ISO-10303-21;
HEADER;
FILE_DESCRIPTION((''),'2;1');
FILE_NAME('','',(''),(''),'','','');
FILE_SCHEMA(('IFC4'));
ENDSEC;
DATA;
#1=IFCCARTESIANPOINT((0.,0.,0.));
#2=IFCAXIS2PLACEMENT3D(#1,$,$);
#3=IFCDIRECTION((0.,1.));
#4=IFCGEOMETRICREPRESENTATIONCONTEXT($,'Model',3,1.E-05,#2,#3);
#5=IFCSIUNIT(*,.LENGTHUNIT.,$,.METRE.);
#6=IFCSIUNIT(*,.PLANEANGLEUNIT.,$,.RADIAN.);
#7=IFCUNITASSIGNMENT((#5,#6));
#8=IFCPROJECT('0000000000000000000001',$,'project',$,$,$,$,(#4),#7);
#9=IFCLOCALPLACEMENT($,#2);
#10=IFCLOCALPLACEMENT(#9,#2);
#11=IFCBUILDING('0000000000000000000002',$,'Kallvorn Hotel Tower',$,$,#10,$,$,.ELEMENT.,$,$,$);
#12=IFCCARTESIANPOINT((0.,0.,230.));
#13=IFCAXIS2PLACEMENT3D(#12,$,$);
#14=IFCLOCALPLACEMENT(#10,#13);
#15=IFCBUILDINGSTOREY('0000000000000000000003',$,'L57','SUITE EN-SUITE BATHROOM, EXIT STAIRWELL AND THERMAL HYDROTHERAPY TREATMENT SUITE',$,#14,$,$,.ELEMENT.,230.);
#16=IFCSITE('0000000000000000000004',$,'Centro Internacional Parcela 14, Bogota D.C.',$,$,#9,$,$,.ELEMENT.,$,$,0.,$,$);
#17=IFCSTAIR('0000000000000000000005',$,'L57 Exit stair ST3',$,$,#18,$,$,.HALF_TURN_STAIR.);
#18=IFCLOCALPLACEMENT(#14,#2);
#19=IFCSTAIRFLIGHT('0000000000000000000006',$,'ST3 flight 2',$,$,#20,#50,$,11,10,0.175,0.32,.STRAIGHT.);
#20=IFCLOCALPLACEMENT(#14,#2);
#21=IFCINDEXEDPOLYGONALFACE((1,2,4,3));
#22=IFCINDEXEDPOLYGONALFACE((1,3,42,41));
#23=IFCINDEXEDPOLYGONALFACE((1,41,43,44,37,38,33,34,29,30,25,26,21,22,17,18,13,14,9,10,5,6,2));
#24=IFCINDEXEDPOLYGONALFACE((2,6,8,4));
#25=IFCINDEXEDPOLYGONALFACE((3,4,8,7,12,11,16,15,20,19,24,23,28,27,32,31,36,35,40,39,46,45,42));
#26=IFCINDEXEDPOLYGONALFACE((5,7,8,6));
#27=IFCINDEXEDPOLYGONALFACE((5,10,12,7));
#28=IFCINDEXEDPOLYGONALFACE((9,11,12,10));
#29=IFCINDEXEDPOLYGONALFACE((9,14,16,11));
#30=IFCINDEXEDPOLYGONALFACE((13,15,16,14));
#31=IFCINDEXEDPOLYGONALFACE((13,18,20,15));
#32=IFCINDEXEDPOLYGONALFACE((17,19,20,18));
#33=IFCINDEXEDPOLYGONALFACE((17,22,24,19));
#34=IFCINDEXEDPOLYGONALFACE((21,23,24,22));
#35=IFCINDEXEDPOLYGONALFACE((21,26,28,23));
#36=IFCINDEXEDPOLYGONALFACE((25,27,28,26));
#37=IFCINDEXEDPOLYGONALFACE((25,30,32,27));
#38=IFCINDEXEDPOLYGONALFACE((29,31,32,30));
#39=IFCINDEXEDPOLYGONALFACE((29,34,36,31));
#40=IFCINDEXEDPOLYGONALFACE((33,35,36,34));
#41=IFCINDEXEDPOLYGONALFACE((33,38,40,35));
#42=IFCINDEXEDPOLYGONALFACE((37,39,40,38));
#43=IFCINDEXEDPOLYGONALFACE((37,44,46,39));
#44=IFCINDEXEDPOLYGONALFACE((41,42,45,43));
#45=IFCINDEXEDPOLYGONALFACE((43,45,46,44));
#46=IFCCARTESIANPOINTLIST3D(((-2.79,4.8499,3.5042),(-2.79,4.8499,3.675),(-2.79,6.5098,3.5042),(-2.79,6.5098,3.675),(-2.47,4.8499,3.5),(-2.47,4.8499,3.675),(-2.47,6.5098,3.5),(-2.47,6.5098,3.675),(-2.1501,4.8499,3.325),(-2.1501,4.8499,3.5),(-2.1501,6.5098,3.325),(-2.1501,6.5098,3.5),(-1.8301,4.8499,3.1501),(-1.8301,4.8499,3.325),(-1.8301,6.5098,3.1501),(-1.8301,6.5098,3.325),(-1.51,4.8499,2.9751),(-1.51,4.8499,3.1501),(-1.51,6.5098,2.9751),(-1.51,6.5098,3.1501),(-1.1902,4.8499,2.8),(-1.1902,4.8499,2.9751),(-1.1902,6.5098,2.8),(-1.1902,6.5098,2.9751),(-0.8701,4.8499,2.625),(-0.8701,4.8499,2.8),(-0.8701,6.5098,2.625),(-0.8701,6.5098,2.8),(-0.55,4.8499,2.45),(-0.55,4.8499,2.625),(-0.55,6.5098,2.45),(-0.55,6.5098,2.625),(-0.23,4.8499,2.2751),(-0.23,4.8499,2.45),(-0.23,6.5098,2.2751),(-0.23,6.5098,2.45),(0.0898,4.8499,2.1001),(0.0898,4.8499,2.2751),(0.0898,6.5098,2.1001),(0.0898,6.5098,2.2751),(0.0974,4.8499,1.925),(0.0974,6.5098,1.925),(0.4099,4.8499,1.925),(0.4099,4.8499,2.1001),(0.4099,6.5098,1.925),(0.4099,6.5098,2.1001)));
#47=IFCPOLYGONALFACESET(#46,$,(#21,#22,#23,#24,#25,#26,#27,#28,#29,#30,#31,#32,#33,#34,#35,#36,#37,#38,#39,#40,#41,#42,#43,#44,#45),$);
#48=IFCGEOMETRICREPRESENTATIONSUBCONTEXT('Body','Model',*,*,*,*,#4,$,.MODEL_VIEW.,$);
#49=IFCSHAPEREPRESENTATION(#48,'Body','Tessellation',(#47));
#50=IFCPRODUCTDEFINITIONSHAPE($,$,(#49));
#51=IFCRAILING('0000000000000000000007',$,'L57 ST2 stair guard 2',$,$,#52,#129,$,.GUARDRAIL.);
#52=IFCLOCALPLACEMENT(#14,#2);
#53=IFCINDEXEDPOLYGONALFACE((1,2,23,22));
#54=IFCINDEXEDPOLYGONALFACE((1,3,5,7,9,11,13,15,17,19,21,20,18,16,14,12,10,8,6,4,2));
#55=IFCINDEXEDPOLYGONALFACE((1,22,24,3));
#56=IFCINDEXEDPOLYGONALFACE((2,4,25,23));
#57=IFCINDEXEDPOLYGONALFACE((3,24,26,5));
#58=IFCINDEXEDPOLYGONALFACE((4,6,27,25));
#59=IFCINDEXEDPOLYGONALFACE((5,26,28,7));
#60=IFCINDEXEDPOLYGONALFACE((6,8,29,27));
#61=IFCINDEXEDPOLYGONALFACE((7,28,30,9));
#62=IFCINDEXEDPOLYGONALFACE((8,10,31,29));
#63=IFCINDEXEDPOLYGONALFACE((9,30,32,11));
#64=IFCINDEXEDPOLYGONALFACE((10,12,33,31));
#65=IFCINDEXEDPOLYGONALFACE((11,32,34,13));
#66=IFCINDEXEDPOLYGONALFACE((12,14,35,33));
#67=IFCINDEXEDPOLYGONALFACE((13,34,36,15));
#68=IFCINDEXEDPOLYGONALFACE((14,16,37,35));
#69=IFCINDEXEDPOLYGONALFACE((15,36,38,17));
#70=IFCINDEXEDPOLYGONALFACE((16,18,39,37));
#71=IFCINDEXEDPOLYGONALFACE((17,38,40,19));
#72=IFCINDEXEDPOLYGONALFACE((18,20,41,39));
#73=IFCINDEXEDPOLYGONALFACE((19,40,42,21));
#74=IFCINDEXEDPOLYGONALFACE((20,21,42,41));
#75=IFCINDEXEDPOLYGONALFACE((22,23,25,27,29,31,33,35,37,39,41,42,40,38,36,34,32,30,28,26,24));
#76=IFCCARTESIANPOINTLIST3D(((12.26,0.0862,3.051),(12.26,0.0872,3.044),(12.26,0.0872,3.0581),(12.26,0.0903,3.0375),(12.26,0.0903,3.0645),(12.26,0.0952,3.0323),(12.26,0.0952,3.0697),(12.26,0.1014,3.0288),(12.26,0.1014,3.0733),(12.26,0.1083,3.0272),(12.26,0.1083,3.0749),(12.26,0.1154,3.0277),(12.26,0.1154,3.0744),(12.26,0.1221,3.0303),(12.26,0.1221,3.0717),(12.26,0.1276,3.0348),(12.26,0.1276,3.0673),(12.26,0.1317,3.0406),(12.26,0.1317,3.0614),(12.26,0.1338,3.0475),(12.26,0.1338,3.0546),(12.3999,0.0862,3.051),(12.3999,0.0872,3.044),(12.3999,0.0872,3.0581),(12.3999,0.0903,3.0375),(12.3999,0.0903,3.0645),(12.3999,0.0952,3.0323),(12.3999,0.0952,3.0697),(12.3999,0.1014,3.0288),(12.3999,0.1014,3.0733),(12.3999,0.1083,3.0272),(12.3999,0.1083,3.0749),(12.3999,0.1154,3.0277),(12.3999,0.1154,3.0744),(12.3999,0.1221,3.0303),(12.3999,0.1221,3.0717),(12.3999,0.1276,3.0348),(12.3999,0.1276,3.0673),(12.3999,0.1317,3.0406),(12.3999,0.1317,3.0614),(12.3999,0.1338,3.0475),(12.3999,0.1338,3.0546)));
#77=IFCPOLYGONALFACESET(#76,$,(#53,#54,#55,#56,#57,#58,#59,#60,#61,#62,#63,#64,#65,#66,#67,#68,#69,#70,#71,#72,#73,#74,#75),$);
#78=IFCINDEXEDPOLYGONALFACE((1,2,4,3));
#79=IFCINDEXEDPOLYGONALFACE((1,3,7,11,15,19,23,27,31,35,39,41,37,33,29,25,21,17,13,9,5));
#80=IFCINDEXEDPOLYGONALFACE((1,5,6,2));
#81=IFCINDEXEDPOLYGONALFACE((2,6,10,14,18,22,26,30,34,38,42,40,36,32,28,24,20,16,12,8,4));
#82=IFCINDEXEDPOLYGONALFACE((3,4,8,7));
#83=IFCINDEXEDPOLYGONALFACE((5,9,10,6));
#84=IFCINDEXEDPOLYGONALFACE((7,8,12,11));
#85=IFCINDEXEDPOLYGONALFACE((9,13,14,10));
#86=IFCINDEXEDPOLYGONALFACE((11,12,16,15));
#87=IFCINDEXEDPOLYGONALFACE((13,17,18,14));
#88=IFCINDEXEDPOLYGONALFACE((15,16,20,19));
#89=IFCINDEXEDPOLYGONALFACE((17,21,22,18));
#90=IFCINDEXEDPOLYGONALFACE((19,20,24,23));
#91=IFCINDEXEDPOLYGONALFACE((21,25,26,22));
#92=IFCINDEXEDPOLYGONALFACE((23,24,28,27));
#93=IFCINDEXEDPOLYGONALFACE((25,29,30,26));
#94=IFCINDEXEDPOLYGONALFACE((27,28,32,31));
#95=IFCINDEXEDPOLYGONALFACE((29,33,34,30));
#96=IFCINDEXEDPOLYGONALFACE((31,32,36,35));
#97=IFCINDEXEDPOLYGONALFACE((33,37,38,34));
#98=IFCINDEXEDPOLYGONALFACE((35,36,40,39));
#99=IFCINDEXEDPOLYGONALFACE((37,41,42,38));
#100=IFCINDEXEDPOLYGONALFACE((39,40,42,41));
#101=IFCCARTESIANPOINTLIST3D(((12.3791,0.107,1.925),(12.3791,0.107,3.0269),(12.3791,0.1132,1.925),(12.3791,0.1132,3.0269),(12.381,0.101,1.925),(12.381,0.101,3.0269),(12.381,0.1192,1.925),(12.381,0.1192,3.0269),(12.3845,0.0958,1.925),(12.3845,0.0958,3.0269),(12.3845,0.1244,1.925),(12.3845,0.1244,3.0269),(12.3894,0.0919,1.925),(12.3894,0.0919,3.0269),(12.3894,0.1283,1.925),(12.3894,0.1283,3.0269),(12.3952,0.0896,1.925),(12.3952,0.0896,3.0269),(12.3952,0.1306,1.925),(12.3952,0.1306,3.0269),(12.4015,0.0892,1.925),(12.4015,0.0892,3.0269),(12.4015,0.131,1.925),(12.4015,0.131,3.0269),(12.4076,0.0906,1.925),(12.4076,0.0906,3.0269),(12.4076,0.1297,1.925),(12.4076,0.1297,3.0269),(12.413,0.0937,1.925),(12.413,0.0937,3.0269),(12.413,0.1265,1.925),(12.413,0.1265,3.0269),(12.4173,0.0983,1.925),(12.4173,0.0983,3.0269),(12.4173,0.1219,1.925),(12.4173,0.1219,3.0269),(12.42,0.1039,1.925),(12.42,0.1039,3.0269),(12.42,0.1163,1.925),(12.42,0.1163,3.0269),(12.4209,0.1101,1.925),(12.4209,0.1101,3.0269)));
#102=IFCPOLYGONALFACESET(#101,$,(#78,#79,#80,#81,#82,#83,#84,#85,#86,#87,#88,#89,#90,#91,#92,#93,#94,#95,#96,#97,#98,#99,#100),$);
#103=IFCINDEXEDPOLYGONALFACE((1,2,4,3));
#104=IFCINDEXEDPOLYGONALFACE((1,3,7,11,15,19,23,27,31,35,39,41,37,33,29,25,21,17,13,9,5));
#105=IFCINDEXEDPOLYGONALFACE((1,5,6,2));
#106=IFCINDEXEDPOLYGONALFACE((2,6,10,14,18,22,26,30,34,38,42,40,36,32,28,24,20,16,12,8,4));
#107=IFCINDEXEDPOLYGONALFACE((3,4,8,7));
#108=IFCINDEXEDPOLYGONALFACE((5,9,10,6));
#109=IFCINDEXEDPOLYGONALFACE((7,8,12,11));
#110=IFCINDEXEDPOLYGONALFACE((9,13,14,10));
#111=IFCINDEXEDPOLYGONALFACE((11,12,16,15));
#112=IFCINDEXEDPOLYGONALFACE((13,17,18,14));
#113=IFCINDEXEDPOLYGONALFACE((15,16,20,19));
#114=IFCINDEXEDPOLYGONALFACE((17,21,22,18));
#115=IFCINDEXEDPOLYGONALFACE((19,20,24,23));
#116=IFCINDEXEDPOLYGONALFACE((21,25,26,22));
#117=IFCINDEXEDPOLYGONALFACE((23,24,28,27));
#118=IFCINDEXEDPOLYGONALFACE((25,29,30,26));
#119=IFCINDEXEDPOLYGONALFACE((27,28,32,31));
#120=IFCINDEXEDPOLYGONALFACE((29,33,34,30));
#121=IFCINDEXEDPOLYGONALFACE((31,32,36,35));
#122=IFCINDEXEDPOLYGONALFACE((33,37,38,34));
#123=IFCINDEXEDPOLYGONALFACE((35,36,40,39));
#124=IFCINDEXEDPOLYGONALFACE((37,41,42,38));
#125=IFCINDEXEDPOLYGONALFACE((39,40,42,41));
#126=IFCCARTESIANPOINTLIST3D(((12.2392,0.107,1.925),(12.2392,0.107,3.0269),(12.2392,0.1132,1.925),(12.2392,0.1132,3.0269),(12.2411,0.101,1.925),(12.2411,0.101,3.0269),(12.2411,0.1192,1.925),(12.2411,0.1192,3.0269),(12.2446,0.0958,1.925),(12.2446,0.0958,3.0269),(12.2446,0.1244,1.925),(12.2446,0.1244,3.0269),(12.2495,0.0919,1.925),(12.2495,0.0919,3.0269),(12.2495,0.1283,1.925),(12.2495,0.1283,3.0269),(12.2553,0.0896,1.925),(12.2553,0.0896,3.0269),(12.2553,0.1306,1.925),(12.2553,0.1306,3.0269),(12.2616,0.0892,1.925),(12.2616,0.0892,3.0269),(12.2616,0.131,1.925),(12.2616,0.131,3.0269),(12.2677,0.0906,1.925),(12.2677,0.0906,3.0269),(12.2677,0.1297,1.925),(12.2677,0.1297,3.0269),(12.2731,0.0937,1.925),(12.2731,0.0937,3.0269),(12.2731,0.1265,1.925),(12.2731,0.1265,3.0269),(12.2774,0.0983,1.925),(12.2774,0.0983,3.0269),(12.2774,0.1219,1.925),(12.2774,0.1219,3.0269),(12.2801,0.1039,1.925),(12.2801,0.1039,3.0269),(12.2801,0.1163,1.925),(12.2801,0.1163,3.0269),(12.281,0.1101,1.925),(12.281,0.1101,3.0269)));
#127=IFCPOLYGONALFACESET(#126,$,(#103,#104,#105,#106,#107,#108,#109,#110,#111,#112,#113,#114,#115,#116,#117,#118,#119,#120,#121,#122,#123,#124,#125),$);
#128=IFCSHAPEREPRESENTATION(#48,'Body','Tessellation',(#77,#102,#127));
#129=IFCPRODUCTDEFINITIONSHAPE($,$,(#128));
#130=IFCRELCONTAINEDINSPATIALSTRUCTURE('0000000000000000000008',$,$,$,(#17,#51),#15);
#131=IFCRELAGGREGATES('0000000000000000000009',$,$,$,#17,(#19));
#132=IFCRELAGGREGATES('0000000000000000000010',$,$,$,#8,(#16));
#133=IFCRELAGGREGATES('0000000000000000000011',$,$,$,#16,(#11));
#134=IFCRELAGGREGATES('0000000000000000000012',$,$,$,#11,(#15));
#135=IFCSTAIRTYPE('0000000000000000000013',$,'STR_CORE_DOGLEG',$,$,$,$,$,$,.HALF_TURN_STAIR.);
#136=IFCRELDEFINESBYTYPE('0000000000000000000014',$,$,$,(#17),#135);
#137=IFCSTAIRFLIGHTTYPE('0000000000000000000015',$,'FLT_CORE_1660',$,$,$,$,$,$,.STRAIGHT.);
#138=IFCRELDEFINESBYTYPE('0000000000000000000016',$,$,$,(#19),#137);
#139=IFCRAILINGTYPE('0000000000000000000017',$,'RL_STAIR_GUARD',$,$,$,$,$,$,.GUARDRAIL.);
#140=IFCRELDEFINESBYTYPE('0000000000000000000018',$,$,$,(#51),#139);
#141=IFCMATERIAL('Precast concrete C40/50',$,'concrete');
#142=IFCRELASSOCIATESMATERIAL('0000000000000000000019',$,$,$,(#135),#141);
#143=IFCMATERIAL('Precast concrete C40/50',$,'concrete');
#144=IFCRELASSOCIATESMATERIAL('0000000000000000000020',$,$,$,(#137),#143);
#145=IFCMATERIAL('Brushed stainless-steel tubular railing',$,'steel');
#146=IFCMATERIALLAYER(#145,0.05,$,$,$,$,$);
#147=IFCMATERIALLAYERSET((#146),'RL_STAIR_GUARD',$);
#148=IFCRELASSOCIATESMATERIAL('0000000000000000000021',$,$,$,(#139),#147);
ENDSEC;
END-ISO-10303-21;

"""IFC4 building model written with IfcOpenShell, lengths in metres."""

from ifc_helpers import new_model, si_unit, direction, frame, origin, origin_2d, place, context, subcontext, project, spatial, polyline, circle, outline, extrude, material, layer, layer_set, type_object, element, aggregate, save


model = new_model("IFC4")

# Units and contexts
model_context = context("Model", 3, precision=1e-05, world=origin(), true_north=direction((0.0, 1.0)))
body_context = subcontext(model_context, "Body", "Model", "MODEL_VIEW")
ifc_project = project(units=[si_unit("LENGTHUNIT", "METRE"), si_unit("PLANEANGLEUNIT", "RADIAN")], contexts=[model_context])

# Site, building, storey
site_placement = place(None, origin())
site = spatial("IfcSite", under=ifc_project, at=site_placement, Name="Centro Internacional Parcela 14, Bogota D.C.", CompositionType="ELEMENT", RefElevation=0.0)
building_placement = place(site_placement, origin())
building = spatial("IfcBuilding", under=site, at=building_placement, Name="Kallvorn Hotel Tower", CompositionType="ELEMENT")
storey_placement = place(building_placement, frame((0.0, 0.0, 230.0)))
storey = spatial("IfcBuildingStorey", under=building, at=storey_placement, Name="L57", Description="SUITE EN-SUITE BATHROOM, EXIT STAIRWELL AND THERMAL HYDROTHERAPY TREATMENT SUITE", CompositionType="ELEMENT", Elevation=230.0)

# Stair, stair flight
ifc_material_1 = material(Name="Precast concrete C40/50", Category="concrete")
stair_type = type_object("IfcStairType", Name="STR_CORE_DOGLEG", PredefinedType="HALF_TURN_STAIR", material=ifc_material_1)
stair_placement = place(storey_placement, origin())
stair = element("IfcStair", 1, at=stair_placement, inside=storey, type_object=stair_type, Name="L57 Exit stair ST3", PredefinedType="HALF_TURN_STAIR")
ifc_material_2 = material(Name="Precast concrete C40/50", Category="concrete")
stair_flight_type = type_object("IfcStairFlightType", Name="FLT_CORE_1660", PredefinedType="STRAIGHT", material=ifc_material_2)
stair_flight_placement = place(storey_placement, frame((0.4099, 5.6799, 1.925), z_axis=(0.0, 0.0, 1.0), x_axis=(-1.0, 0.0, 0.0)))
stair_flight = element("IfcStairFlight", 2, at=stair_flight_placement, type_object=stair_flight_type, Name="ST3 flight 2", NumberOfRisers=11, NumberOfTreads=10, PredefinedType="STRAIGHT", RiserHeight=0.175, TreadLength=0.32, context=body_context, shape_type="SweptSolid", body=[
    extrude(outline(polyline([(0.0, 0.0), (0.0, 0.175), (0.3201, 0.175), (0.3201, 0.3501), (0.6399, 0.3501), (0.6399, 0.5249), (0.96, 0.5249), (0.96, 0.7), (1.28, 0.7), (1.28, 0.875), (1.6001, 0.875), (1.6001, 1.05), (1.9199, 1.05), (1.9199, 1.2251), (2.24, 1.2251), (2.24, 1.3999), (2.5601, 1.3999), (2.5601, 1.575), (2.8799, 1.575), (2.8799, 1.75), (3.2, 1.75), (3.2, 1.925), (3.2, 1.5791), (0.3125, 0.0), (0.0, 0.0)])), frame((0.0, 0.8301, 0.0), z_axis=(0.0, -1.0, 0.0), x_axis=(1.0, 0.0, 0.0)), (0.0, 0.0, 1.0), 1.6599),
])
aggregate(stair, [stair_flight])

# Railing
ifc_material_3 = material(Name="Brushed stainless-steel tubular railing", Category="steel")
ifc_layer_1 = layer(ifc_material_3, 0.05)
ifc_layer_set_1 = layer_set([ifc_layer_1], Name="RL_STAIR_GUARD")
railing_type_1 = type_object("IfcRailingType", Name="RL_STAIR_GUARD", PredefinedType="GUARDRAIL", material=ifc_layer_set_1)
railing_1_placement = place(storey_placement, frame((12.3999, 0.1101, 1.925)))
element("IfcRailing", 3, at=railing_1_placement, inside=storey, type_object=railing_type_1, Name="L57 ST2 stair guard 2", PredefinedType="GUARDRAIL", context=body_context, shape_type="SweptSolid", body=[
    extrude(circle(Radius=0.0239, at=origin_2d()), frame((0.0, 0.0, 1.126), z_axis=(-1.0, 0.0, 0.0), x_axis=(0.0, -1.0, 0.0)), (0.0, 0.0, 1.0), 0.1399),
    extrude(circle(Radius=0.021, at=origin_2d()), origin(), (0.0, 0.0, 1.0), 1.1018),
    extrude(circle(Radius=0.021, at=origin_2d()), frame((-0.1399, 0.0, 0.0)), (0.0, 0.0, 1.0), 1.1018),
])

save(model, "model.ifc")
